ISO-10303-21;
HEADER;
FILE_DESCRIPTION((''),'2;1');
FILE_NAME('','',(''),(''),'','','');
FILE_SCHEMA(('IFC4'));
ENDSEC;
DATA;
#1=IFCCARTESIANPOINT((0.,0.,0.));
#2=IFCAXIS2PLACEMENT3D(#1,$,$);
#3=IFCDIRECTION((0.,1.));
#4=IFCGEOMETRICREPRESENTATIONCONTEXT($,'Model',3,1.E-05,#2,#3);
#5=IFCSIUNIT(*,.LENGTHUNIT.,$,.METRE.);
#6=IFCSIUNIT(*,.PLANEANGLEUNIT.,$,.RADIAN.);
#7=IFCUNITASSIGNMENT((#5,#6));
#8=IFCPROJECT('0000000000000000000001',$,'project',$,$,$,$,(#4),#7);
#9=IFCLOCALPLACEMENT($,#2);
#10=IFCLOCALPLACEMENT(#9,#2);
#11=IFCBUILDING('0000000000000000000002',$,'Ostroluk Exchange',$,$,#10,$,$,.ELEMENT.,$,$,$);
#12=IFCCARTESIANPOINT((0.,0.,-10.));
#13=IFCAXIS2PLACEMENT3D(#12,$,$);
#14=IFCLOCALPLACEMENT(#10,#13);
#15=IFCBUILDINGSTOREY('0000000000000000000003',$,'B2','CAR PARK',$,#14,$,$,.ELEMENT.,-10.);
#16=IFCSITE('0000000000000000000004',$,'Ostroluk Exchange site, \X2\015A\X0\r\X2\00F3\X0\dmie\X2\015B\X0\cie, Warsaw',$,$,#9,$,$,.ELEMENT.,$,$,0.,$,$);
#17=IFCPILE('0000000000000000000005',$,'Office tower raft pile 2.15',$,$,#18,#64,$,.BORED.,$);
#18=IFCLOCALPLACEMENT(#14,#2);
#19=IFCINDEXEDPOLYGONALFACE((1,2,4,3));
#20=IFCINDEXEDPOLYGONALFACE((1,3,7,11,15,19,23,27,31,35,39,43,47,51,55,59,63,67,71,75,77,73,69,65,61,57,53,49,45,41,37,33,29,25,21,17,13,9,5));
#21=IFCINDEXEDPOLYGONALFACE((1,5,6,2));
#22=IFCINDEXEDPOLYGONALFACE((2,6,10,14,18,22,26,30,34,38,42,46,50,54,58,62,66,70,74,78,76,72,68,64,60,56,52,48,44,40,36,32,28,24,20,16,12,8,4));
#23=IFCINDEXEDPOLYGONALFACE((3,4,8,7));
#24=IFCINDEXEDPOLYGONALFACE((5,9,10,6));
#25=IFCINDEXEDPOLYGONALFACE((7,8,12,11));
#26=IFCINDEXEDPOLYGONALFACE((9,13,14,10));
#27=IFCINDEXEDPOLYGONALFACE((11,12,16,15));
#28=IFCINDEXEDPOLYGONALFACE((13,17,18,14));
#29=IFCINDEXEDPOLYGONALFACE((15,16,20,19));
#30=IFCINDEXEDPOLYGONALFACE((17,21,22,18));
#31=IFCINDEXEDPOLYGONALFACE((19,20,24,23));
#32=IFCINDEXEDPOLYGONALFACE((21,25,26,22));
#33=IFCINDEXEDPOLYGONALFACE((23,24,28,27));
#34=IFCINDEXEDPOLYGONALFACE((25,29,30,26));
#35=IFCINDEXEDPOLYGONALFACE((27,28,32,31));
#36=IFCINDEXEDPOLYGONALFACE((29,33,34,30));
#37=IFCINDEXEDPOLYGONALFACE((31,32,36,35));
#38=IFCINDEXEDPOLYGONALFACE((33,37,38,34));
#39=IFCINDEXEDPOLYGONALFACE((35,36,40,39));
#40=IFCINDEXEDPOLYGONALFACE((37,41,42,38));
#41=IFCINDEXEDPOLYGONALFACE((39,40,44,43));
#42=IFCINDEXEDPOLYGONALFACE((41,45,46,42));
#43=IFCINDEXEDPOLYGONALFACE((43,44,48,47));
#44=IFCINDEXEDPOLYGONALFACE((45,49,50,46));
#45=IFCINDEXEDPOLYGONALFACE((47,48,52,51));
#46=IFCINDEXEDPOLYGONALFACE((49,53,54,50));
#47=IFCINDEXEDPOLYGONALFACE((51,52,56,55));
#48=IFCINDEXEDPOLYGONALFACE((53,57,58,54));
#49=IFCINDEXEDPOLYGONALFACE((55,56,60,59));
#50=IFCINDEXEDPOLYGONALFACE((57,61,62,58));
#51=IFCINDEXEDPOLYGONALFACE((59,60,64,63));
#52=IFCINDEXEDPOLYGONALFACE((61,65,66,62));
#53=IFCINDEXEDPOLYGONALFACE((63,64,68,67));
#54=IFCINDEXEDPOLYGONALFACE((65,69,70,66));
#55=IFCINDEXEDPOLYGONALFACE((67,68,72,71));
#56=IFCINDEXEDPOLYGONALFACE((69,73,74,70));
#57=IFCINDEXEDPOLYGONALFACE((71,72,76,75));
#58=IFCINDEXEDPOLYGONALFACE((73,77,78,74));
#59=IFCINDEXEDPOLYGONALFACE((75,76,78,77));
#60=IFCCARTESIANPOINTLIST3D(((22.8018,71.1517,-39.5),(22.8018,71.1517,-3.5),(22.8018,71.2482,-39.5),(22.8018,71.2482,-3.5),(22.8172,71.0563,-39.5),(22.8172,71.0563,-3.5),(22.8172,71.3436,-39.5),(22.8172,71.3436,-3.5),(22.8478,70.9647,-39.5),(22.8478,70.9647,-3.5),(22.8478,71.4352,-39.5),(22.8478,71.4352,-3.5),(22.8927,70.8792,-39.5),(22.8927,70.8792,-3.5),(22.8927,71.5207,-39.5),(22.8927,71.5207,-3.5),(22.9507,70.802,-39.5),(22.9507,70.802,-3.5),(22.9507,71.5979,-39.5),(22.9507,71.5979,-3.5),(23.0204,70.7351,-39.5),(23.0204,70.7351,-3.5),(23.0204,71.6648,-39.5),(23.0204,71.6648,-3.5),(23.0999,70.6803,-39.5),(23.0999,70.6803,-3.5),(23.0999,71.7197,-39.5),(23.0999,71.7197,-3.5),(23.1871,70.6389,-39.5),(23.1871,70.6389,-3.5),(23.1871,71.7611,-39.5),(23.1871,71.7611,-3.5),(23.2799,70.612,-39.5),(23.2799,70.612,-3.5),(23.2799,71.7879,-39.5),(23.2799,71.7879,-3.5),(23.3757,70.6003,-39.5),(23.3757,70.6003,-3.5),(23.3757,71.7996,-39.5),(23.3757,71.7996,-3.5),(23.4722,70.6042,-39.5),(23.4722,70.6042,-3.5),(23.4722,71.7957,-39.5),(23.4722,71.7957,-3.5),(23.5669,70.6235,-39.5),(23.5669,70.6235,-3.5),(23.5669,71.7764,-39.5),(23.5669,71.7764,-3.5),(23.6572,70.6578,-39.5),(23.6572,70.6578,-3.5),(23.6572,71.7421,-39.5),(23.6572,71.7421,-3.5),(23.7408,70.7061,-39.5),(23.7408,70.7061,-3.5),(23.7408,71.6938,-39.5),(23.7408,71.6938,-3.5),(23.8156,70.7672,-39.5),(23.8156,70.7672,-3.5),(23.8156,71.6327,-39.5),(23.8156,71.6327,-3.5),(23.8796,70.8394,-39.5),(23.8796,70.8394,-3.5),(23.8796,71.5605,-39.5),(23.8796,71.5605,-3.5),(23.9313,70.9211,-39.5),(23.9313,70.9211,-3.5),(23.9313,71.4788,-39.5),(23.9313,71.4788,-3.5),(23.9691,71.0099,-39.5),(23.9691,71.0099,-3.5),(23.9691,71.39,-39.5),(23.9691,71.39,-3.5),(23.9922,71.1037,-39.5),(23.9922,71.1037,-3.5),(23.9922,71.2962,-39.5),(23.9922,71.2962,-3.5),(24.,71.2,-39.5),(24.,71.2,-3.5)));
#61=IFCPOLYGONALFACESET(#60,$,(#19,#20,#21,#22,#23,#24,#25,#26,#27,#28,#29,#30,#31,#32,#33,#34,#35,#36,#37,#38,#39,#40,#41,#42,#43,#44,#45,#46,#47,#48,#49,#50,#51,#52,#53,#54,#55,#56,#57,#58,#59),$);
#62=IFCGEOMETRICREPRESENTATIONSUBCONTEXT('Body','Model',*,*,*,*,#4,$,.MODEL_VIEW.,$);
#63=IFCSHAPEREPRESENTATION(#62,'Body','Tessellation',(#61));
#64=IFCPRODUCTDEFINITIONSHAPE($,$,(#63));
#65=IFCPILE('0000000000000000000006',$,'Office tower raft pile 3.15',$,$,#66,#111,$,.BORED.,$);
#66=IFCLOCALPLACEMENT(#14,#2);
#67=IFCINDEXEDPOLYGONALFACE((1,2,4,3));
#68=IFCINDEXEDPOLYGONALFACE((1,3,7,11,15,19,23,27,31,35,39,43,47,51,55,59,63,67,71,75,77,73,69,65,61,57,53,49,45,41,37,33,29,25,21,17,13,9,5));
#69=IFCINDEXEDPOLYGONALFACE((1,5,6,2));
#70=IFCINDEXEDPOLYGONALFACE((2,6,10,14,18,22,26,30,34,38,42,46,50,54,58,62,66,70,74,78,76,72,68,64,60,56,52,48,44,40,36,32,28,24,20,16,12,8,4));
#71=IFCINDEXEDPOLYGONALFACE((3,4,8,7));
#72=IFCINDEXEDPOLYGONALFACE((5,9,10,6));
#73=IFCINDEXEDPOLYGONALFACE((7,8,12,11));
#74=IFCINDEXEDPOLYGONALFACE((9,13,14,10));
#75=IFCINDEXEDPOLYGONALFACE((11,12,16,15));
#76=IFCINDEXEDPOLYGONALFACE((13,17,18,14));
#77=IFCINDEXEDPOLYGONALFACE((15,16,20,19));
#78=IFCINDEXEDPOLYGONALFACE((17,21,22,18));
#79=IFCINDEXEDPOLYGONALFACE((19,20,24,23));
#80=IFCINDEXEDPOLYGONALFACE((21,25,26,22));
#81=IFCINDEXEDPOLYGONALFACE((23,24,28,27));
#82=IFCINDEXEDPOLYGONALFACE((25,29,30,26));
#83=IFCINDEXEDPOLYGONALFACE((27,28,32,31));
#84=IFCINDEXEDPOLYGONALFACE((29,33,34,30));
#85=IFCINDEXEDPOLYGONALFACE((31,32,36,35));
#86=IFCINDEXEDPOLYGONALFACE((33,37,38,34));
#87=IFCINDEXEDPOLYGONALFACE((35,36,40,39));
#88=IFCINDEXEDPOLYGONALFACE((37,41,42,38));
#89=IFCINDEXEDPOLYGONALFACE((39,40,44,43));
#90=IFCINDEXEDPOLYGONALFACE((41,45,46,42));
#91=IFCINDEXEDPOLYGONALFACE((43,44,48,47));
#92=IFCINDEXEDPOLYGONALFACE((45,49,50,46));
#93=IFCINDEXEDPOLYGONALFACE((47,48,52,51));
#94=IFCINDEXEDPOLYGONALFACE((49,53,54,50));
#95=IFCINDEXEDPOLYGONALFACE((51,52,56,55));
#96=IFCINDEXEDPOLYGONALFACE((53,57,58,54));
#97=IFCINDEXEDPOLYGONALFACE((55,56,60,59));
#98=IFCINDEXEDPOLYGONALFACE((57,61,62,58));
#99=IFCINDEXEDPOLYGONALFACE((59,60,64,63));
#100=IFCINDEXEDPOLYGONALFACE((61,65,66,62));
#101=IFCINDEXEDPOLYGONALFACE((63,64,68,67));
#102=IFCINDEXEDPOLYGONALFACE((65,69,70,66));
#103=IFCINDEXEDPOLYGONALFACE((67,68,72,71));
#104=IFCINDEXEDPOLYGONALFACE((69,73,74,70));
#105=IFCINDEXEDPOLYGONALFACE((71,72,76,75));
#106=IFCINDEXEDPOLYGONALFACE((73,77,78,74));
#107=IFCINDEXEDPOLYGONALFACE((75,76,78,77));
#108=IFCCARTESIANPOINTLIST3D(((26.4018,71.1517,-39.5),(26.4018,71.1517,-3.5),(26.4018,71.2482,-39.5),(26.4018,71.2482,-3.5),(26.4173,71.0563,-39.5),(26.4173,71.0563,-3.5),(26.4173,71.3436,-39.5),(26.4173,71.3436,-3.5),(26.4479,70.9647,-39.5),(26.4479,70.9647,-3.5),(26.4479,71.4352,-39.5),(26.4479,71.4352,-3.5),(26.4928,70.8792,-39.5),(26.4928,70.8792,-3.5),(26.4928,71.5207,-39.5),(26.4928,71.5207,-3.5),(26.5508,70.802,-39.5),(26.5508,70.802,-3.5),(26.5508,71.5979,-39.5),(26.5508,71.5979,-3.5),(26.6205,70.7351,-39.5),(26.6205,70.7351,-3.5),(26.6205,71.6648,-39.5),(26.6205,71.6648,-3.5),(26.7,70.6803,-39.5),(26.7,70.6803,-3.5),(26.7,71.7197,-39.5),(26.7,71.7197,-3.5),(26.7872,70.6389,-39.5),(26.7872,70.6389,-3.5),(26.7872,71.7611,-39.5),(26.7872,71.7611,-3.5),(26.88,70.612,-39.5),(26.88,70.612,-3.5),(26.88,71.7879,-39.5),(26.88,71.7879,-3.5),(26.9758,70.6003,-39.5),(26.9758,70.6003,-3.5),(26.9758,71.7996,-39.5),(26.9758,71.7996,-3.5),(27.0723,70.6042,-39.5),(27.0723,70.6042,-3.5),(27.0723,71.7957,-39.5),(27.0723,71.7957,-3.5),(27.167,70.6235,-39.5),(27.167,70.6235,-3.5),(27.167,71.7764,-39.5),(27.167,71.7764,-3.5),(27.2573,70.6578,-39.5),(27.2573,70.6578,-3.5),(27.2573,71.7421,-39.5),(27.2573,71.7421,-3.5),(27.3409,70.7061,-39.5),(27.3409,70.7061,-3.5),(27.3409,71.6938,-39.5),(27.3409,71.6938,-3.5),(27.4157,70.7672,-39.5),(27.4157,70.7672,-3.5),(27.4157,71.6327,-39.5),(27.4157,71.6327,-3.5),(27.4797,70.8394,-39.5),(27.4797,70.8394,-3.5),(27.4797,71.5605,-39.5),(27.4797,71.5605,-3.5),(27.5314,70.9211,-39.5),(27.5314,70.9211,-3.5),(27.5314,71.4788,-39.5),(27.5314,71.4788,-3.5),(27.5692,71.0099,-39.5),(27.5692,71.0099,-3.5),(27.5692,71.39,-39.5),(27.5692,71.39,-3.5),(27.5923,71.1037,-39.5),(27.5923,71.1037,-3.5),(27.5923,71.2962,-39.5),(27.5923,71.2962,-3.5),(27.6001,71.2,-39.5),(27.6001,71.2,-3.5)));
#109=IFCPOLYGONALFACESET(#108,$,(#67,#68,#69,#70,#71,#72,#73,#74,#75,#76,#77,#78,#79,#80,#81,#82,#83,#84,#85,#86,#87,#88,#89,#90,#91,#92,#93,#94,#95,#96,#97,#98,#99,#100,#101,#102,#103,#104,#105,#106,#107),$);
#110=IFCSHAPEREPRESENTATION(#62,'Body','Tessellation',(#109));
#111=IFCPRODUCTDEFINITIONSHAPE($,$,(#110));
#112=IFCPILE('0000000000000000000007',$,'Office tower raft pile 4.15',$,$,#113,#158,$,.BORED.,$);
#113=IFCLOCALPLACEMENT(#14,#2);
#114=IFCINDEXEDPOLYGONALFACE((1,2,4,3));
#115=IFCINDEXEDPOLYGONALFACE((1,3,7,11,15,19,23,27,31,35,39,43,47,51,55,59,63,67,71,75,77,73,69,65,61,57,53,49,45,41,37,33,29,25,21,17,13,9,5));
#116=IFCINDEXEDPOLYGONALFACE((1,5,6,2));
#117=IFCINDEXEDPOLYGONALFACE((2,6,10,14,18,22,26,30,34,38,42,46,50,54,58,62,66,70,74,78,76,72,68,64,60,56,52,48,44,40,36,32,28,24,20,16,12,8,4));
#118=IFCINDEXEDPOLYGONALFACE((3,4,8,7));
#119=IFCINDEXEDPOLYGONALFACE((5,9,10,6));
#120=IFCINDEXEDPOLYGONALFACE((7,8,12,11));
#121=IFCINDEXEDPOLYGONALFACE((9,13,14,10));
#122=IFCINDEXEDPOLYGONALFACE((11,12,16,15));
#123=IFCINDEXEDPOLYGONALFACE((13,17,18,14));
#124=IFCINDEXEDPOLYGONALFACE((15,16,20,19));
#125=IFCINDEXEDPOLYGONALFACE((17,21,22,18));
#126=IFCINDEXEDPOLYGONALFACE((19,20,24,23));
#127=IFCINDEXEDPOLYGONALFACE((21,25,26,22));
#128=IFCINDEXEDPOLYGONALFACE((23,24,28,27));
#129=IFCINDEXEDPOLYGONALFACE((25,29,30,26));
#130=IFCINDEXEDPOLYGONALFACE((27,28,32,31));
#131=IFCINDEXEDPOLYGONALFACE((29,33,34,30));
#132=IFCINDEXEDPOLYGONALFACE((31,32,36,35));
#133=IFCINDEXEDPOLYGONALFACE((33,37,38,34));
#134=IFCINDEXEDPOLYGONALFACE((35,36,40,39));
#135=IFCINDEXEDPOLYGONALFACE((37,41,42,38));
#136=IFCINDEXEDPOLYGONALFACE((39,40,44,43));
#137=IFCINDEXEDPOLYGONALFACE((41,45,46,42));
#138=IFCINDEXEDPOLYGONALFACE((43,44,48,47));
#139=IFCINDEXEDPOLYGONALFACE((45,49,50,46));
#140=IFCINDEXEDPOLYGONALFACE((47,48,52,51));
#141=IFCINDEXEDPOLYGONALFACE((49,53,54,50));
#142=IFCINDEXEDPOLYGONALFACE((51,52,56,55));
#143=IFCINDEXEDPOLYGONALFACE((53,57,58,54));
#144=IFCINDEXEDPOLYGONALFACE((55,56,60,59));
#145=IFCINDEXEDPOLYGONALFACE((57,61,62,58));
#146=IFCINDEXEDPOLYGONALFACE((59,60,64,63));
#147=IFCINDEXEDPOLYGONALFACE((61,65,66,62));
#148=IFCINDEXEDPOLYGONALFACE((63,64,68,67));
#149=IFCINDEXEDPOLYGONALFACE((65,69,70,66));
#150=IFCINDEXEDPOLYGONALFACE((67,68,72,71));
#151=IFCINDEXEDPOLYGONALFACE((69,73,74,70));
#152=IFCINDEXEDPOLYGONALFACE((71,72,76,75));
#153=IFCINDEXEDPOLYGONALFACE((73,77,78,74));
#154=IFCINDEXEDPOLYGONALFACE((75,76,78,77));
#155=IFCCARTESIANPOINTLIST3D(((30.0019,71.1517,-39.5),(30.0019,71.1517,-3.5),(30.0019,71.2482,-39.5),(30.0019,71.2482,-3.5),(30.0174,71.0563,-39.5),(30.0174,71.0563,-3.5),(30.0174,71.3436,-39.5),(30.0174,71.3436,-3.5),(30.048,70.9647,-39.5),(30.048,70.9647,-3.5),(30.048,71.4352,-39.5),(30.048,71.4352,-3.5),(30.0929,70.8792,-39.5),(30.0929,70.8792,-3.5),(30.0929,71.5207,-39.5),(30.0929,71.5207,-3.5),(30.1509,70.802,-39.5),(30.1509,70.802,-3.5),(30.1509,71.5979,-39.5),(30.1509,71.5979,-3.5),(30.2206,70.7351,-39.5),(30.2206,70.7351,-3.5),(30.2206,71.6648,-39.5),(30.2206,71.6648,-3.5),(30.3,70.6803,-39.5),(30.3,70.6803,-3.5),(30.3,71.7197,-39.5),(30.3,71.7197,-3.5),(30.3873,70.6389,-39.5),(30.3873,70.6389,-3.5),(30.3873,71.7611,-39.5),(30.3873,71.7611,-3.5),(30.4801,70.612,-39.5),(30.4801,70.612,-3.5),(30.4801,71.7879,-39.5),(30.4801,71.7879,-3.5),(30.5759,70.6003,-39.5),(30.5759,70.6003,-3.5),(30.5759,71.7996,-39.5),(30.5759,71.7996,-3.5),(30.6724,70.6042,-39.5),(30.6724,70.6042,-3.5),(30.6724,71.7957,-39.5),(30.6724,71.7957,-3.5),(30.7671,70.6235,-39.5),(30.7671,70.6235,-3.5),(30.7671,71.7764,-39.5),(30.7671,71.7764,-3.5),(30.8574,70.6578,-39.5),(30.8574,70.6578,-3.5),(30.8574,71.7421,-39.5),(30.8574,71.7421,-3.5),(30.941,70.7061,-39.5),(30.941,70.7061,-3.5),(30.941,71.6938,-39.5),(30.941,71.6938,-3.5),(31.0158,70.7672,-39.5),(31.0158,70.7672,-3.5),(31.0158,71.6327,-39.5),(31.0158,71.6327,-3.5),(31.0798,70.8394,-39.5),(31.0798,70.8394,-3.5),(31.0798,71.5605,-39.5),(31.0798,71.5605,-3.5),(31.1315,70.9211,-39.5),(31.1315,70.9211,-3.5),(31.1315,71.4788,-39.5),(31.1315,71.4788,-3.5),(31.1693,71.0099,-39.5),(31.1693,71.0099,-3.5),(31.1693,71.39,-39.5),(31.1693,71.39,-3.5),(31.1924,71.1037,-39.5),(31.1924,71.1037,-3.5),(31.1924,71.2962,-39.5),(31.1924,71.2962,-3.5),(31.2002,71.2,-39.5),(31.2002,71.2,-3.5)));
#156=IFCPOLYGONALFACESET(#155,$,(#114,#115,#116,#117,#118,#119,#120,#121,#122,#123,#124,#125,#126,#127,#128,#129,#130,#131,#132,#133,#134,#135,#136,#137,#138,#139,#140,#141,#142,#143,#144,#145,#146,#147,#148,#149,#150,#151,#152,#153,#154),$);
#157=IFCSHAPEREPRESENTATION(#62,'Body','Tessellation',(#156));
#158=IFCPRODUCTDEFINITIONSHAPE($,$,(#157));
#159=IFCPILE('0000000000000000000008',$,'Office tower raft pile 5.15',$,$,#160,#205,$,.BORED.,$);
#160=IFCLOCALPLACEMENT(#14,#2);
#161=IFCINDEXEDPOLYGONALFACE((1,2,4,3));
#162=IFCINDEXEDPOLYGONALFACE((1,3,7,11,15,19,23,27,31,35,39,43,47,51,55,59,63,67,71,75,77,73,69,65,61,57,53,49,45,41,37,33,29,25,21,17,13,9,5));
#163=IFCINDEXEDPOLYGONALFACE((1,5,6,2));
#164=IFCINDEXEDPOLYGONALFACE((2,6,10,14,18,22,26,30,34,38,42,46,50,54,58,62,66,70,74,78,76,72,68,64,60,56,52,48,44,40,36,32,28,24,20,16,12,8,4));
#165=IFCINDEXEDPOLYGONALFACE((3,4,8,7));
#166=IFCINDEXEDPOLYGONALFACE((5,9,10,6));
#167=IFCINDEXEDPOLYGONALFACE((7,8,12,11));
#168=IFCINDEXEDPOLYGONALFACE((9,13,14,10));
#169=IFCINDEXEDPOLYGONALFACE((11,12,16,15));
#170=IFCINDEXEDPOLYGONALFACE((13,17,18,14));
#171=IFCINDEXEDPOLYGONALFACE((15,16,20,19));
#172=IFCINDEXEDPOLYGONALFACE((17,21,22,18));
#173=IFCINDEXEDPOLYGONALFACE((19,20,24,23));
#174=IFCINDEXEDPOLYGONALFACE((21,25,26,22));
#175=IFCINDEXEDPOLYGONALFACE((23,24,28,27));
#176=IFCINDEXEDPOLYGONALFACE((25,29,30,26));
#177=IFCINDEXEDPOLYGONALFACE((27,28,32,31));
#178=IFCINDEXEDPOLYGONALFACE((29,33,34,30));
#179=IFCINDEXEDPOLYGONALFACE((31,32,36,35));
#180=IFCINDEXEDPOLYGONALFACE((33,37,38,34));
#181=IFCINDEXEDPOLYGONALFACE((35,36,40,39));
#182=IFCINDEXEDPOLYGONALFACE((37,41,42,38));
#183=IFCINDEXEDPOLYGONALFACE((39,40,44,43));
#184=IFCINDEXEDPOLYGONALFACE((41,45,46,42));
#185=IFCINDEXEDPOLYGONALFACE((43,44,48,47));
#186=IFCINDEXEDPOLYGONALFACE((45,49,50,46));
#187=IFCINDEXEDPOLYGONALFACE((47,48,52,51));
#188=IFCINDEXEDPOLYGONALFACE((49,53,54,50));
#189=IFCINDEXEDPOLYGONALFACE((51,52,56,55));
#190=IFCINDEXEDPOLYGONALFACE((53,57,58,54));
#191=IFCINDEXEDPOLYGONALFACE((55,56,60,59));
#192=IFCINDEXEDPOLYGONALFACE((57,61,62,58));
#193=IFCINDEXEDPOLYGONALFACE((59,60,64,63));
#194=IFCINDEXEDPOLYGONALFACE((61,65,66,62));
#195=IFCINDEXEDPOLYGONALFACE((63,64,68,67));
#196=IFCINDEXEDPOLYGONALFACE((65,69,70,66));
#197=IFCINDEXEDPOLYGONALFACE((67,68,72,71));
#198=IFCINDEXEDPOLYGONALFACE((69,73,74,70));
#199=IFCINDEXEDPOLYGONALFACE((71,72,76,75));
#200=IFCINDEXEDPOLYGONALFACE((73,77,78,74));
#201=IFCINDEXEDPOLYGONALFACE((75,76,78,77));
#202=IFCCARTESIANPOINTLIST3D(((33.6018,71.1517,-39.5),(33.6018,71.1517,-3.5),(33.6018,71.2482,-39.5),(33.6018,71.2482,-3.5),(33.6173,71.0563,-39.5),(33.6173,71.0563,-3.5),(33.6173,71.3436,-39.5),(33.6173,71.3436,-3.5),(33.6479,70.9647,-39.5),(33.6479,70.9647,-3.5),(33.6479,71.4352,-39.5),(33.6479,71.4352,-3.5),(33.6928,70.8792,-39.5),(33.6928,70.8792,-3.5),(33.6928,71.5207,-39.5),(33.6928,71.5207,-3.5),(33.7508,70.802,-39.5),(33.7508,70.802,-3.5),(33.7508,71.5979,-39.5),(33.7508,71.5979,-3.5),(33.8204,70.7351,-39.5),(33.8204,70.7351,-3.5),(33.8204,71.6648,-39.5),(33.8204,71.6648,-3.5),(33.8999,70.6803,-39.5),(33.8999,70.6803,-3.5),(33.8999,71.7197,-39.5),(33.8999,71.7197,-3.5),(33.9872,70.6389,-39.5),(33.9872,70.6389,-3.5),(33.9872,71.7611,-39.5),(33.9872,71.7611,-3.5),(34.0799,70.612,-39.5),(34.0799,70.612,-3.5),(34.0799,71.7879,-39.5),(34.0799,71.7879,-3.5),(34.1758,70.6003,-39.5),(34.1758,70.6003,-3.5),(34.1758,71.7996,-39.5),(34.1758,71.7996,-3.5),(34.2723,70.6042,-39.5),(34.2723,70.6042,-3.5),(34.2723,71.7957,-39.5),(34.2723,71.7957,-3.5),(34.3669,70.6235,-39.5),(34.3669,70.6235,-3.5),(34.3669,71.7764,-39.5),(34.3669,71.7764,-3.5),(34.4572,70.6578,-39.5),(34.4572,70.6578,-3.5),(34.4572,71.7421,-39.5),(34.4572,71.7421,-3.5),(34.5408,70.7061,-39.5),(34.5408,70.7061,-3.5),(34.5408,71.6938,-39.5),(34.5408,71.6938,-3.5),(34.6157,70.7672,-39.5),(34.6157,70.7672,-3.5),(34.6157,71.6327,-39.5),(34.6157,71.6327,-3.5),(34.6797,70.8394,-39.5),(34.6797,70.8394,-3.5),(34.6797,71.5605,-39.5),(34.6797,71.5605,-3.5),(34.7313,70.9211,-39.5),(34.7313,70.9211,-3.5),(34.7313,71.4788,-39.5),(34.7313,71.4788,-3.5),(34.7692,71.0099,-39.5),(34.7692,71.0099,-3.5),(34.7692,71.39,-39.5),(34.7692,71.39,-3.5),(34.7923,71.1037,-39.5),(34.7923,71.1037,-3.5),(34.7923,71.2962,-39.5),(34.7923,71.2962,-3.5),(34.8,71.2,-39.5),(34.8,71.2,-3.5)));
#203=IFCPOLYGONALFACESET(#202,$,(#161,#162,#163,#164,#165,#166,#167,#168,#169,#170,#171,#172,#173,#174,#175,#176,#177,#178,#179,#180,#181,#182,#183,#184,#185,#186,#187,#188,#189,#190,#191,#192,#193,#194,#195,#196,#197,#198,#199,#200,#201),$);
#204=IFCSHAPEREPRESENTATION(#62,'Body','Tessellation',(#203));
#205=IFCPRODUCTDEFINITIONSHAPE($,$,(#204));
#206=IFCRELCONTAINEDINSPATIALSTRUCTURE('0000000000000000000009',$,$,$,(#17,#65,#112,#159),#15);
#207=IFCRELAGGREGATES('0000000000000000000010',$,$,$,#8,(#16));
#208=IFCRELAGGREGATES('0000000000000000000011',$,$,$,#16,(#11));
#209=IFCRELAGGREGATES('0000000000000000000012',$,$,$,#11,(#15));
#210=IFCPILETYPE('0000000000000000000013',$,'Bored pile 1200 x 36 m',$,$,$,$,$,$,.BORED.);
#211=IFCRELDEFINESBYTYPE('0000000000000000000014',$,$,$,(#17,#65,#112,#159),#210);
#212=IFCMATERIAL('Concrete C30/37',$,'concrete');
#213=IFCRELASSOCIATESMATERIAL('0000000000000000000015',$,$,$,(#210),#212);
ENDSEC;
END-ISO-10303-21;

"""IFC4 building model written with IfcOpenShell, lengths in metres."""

from ifc_helpers import new_model, si_unit, direction, frame, origin, origin_2d, place, context, subcontext, project, spatial, circle, extrude, material, type_object, element, save


model = new_model("IFC4")

# Units and contexts
model_context = context("Model", 3, precision=1e-05, world=origin(), true_north=direction((0.0, 1.0)))
body_context = subcontext(model_context, "Body", "Model", "MODEL_VIEW")
ifc_project = project(units=[si_unit("LENGTHUNIT", "METRE"), si_unit("PLANEANGLEUNIT", "RADIAN")], contexts=[model_context])

# Site, building, storey
site_placement = place(None, origin())
site = spatial("IfcSite", under=ifc_project, at=site_placement, Name="Ostroluk Exchange site, Śródmieście, Warsaw", CompositionType="ELEMENT", RefElevation=0.0)
building_placement = place(site_placement, origin())
building = spatial("IfcBuilding", under=site, at=building_placement, Name="Ostroluk Exchange", CompositionType="ELEMENT")
storey_placement = place(building_placement, frame((0.0, 0.0, -10.0)))
storey = spatial("IfcBuildingStorey", under=building, at=storey_placement, Name="B2", Description="CAR PARK", CompositionType="ELEMENT", Elevation=-10.0)

# Piles
ifc_material_1 = material(Name="Concrete C30/37", Category="concrete")
pile_type_1 = type_object("IfcPileType", Name="Bored pile 1200 x 36 m", PredefinedType="BORED", material=ifc_material_1)
for number, where, z_axis, x_axis, name in (
    (1, (23.3999, 71.2, -3.5), (0.0, 0.0, -1.0), (1.0, 0.0, 0.0), "Office tower raft pile 2.15"),
    (2, (27.0, 71.2, -3.5), (0.0, 0.0, -1.0), (1.0, 0.0, 0.0), "Office tower raft pile 3.15"),
    (3, (30.6001, 71.2, -3.5), (0.0, 0.0, -1.0), (1.0, 0.0, 0.0), "Office tower raft pile 4.15"),
    (4, (34.2, 71.2, -3.5), (0.0, 0.0, -1.0), (1.0, 0.0, 0.0), "Office tower raft pile 5.15"),
):
    element("IfcPile", number, at=place(storey_placement, frame(where, z_axis=z_axis, x_axis=x_axis)), inside=storey, type_object=pile_type_1, Name=name, PredefinedType="BORED", context=body_context, shape_type="SweptSolid", body=[
        extrude(circle(Radius=0.6001, at=origin_2d()), origin(), (0.0, 0.0, 1.0), 36.0),
    ])

save(model, "model.ifc")
